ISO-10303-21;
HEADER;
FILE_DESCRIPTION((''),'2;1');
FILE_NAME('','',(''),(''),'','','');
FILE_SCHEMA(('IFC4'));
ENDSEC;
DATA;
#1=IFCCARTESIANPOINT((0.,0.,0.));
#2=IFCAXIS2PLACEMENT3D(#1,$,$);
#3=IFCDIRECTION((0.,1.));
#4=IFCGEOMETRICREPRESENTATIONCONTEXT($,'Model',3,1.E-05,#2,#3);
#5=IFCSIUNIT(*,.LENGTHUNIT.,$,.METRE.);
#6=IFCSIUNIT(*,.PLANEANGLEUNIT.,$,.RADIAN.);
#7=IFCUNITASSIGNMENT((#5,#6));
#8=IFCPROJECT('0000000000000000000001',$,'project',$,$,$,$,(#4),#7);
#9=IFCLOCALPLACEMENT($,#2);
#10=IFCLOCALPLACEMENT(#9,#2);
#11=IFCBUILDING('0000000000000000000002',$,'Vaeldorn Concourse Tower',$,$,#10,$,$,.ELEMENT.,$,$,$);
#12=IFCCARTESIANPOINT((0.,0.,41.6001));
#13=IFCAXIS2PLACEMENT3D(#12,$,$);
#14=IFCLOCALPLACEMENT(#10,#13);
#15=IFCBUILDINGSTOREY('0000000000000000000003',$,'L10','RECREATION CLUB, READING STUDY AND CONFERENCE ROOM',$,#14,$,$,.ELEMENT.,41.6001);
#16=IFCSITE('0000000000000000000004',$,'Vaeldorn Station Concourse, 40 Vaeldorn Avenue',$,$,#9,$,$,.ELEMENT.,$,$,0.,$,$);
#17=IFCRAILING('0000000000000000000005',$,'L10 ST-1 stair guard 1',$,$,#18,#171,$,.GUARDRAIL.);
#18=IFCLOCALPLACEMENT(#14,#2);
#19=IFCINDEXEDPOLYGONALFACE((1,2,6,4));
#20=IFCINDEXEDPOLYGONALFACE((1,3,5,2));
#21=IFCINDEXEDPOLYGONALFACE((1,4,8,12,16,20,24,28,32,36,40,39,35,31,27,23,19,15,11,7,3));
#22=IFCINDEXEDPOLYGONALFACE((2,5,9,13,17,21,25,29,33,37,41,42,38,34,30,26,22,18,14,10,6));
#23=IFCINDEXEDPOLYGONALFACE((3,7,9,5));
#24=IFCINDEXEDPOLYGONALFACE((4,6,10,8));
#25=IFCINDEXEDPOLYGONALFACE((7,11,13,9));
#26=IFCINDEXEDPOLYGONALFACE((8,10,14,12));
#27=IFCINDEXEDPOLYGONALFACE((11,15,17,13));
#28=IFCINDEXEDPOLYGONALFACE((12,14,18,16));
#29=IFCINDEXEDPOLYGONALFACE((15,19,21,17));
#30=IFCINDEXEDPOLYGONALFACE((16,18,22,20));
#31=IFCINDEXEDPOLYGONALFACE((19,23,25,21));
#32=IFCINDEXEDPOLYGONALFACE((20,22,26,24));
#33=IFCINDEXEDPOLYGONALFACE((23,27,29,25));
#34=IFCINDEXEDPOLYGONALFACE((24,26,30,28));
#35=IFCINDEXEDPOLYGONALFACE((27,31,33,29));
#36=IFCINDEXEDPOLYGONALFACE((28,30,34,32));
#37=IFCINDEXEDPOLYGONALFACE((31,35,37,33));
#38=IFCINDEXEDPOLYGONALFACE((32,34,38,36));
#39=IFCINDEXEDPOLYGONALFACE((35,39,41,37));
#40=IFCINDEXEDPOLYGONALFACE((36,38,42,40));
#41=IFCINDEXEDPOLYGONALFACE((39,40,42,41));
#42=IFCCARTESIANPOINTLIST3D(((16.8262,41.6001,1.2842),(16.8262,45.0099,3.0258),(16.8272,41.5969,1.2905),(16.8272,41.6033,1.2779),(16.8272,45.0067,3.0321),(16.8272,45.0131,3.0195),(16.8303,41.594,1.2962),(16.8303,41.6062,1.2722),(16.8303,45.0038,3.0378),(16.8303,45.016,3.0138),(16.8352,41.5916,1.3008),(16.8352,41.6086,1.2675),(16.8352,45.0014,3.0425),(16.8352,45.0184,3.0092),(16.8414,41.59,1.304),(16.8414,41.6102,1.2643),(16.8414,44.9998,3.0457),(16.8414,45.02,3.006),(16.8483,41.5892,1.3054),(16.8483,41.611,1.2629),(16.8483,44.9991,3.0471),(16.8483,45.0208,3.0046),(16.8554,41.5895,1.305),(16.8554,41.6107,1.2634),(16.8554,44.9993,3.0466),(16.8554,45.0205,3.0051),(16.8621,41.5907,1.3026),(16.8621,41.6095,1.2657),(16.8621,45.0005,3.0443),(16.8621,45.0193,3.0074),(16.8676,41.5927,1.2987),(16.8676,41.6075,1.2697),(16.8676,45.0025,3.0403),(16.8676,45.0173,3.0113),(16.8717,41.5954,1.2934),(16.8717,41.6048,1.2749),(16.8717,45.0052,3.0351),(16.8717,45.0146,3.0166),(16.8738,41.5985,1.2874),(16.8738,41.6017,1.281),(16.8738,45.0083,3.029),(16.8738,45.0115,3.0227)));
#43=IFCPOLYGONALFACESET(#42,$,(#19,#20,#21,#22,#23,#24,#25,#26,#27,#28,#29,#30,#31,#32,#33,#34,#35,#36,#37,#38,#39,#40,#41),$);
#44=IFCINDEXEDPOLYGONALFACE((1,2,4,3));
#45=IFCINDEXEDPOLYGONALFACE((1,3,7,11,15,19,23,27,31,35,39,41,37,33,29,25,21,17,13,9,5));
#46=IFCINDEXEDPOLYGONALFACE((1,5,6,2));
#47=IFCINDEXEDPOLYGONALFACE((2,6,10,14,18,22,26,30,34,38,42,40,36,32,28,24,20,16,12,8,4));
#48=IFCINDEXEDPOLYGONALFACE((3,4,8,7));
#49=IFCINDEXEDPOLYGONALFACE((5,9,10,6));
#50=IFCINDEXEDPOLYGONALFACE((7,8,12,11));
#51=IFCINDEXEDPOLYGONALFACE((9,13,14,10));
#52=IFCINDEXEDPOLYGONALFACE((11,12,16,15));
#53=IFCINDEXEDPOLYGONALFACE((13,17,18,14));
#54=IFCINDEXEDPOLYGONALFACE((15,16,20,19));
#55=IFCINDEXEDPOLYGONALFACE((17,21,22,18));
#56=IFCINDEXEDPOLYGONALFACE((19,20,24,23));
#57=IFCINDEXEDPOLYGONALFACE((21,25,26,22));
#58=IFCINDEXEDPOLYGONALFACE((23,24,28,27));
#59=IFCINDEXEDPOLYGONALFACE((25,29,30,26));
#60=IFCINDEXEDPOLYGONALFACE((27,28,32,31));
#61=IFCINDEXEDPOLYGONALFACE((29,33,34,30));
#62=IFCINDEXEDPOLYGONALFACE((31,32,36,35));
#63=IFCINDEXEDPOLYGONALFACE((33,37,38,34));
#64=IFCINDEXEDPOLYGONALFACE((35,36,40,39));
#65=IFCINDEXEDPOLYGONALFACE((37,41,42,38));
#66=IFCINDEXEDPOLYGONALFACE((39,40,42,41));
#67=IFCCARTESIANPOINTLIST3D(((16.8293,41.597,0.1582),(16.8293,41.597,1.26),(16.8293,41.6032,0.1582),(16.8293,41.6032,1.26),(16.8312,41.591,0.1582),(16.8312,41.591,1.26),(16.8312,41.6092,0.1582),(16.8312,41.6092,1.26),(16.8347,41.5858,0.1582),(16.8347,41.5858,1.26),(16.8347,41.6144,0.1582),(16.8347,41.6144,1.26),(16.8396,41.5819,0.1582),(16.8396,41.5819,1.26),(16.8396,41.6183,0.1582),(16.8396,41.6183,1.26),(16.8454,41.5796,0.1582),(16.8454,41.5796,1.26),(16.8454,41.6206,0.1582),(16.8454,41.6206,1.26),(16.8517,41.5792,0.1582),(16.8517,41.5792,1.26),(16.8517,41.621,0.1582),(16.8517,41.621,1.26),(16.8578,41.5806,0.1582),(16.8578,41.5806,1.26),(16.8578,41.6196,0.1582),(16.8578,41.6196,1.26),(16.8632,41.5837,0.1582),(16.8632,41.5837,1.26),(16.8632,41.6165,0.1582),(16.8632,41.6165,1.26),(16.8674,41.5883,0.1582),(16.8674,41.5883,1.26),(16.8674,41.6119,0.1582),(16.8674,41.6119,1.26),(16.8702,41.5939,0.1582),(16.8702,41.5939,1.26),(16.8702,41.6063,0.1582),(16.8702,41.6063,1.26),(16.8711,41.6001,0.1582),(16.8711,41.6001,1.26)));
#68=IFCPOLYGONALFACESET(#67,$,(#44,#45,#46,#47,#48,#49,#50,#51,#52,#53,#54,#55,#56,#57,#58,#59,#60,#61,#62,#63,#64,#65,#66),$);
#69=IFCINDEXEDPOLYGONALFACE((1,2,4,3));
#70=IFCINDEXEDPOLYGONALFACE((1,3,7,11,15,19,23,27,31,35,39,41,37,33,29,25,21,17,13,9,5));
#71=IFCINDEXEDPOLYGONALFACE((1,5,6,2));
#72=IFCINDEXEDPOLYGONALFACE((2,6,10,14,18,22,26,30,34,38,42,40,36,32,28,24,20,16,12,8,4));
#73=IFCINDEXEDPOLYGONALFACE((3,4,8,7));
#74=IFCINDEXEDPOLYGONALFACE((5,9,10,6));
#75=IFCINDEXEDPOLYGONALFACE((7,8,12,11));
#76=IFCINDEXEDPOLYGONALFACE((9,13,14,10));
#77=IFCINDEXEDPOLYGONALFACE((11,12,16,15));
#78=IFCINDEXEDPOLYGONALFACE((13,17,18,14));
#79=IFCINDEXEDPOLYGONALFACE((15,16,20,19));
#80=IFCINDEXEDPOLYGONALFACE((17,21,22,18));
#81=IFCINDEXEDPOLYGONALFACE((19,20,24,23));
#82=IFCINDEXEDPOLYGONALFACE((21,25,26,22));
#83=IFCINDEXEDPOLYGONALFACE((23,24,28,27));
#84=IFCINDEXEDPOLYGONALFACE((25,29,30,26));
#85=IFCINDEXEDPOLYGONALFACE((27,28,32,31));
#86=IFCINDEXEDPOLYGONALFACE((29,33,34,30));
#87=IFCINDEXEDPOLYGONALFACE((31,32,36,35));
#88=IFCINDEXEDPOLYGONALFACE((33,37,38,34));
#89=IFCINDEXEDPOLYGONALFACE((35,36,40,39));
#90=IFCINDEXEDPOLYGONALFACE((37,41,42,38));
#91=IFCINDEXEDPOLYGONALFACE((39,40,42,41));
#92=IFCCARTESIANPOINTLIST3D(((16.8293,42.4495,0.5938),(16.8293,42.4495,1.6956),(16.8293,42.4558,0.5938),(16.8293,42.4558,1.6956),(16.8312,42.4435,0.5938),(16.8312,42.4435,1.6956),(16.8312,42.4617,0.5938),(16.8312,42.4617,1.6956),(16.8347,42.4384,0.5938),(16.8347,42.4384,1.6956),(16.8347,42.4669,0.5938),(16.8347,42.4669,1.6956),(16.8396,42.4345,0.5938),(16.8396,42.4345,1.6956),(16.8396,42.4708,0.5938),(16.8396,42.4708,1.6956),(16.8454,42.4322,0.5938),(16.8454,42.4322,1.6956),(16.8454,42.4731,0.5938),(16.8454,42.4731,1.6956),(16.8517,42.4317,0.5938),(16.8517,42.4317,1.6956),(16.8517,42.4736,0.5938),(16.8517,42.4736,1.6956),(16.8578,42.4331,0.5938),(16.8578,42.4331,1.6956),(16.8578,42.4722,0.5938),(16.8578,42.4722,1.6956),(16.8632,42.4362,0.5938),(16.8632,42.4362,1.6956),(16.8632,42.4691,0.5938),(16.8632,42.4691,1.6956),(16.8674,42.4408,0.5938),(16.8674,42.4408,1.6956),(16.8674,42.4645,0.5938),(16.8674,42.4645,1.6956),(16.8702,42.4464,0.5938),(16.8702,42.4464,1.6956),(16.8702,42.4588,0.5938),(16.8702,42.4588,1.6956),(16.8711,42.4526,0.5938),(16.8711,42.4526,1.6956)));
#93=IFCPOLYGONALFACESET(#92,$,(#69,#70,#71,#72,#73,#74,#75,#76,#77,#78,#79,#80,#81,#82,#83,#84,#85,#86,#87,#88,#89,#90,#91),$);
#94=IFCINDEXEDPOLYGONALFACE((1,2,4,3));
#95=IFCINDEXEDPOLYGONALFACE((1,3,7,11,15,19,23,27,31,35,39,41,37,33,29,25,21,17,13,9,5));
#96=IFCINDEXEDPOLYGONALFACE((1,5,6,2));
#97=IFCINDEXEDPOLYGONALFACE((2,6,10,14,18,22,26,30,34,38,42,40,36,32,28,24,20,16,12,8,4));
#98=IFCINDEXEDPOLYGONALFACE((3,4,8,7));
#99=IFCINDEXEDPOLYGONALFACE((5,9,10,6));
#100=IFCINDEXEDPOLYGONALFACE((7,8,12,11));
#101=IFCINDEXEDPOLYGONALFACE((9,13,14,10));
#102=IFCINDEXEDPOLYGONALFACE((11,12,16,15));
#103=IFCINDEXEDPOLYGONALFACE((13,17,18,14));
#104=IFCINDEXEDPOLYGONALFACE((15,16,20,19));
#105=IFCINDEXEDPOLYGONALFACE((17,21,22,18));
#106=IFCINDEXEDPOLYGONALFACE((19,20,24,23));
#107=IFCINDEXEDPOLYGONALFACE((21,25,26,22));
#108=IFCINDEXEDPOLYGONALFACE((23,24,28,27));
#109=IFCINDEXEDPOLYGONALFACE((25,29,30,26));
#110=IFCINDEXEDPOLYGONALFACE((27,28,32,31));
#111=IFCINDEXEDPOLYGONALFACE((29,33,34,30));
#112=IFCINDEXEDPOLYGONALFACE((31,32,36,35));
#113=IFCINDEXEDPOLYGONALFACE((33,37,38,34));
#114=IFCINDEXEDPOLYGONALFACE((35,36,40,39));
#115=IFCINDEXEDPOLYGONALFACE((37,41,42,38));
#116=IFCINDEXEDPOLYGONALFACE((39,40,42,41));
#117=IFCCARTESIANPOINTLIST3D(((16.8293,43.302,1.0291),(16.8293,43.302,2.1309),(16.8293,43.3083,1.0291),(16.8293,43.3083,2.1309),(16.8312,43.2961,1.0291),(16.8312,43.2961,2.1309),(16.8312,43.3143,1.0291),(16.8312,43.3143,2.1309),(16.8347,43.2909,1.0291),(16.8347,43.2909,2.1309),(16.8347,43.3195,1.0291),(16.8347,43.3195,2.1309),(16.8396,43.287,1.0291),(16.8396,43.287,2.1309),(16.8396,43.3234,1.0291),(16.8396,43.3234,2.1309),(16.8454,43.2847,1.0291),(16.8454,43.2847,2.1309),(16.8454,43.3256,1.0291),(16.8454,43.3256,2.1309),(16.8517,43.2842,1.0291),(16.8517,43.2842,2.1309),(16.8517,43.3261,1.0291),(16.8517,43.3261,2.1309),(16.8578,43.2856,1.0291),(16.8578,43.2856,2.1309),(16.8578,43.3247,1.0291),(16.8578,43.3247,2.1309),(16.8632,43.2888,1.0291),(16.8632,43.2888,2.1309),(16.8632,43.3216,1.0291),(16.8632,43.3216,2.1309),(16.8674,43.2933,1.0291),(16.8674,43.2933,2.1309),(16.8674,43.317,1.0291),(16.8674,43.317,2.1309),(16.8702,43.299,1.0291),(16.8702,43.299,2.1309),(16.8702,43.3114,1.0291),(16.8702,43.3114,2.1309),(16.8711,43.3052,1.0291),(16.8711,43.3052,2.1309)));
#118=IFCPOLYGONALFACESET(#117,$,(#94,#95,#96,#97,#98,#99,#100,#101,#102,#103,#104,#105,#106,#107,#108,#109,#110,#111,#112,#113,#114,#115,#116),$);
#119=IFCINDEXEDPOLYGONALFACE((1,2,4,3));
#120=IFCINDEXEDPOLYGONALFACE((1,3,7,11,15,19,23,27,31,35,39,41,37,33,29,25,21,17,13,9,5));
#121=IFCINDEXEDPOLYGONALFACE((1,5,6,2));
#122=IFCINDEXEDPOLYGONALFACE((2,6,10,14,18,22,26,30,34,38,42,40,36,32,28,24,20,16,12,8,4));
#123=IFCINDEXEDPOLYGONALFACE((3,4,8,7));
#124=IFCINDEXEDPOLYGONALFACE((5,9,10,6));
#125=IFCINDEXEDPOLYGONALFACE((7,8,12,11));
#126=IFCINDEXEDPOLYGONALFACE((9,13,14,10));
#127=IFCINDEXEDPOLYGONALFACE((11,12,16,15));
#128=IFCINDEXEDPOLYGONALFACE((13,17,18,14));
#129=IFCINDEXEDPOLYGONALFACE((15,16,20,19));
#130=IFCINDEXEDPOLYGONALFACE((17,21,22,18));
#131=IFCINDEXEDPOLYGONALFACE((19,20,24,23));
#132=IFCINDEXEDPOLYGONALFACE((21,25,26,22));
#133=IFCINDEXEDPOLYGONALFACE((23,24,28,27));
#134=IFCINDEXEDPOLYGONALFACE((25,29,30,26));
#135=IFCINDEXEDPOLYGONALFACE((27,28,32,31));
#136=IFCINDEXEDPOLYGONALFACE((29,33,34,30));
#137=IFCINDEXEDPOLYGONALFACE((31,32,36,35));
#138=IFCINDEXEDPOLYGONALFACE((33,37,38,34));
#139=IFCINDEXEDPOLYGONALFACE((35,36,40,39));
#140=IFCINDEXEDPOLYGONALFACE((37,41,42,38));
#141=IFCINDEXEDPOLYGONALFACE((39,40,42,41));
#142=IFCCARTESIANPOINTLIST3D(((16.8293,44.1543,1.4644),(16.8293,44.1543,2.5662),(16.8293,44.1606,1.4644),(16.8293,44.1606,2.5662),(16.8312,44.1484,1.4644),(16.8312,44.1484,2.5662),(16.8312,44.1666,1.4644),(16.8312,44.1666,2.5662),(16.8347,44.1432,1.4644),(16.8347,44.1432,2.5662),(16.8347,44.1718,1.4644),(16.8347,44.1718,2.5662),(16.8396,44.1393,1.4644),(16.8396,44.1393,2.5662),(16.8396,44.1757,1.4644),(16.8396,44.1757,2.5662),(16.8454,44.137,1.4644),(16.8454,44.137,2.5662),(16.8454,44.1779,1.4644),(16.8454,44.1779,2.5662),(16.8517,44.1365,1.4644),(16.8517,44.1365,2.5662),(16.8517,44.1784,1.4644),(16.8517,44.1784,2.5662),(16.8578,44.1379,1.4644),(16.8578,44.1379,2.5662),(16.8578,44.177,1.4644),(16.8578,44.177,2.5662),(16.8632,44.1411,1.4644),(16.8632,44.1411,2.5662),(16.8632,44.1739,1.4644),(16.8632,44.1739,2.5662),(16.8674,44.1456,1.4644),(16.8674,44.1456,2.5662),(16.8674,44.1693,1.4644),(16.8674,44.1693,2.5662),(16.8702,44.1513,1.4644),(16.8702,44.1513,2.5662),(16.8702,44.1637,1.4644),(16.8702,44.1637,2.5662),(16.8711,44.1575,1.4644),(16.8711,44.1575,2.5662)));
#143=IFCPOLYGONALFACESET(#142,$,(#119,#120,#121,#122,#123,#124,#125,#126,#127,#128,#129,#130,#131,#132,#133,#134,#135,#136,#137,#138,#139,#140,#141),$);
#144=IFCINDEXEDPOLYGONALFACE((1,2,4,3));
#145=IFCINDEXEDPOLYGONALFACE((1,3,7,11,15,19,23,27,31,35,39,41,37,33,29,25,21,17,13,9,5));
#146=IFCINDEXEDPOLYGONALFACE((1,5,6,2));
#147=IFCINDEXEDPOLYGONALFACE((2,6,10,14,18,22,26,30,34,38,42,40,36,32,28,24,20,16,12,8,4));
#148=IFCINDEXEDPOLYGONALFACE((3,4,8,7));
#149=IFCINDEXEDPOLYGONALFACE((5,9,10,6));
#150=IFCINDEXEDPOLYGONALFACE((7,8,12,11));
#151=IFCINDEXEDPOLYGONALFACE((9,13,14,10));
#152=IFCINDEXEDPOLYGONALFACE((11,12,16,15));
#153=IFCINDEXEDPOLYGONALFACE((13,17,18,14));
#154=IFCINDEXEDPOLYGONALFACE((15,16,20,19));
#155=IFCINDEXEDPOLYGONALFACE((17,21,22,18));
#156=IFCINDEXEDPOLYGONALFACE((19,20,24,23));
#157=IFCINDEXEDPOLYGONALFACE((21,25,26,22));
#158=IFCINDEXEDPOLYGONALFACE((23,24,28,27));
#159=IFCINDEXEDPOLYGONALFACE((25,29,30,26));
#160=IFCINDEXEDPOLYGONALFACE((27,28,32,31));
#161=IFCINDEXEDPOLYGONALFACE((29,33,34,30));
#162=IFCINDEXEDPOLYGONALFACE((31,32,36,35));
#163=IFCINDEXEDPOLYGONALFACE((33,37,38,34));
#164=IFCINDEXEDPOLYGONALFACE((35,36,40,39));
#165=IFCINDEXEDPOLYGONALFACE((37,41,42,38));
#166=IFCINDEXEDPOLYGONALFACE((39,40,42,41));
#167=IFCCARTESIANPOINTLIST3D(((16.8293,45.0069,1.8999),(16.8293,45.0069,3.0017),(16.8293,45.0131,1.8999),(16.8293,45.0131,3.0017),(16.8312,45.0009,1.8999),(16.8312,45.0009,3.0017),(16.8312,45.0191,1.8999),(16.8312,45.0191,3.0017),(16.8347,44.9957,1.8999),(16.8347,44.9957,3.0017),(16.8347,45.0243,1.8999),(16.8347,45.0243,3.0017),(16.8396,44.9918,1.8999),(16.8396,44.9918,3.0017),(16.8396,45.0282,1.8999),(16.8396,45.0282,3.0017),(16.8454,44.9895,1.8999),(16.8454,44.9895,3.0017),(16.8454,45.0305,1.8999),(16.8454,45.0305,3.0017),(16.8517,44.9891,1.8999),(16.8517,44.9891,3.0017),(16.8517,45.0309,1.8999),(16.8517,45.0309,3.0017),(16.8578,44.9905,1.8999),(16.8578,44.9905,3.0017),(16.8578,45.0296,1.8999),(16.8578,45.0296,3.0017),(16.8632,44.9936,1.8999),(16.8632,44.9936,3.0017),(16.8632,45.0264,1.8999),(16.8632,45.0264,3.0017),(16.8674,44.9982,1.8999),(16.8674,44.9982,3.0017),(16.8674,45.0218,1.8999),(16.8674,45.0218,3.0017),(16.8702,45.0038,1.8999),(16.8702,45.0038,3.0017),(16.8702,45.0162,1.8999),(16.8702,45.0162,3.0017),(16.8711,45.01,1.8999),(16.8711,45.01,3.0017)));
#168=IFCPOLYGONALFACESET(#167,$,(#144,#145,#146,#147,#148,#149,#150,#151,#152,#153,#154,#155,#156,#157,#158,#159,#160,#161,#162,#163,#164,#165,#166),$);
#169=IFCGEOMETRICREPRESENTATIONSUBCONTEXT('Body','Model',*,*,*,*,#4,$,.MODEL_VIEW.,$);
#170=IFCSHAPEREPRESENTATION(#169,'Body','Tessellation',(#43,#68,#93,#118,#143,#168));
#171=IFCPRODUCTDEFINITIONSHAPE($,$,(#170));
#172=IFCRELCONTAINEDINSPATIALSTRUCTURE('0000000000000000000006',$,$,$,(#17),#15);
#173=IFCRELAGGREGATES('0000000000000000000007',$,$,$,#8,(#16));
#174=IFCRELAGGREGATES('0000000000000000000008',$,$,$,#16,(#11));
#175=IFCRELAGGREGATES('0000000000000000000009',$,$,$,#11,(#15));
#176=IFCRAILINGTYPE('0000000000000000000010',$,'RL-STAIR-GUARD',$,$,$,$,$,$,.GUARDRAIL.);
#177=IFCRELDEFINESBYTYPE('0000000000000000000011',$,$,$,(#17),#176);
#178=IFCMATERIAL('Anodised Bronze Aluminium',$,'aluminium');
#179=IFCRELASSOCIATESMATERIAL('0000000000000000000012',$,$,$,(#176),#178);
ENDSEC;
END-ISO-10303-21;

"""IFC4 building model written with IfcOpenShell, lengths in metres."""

from ifc_helpers import new_model, si_unit, direction, frame, origin, origin_2d, place, context, subcontext, project, spatial, circle, extrude, material, type_object, element, save


model = new_model("IFC4")

# Units and contexts
model_context = context("Model", 3, precision=1e-05, world=origin(), true_north=direction((0.0, 1.0)))
body_context = subcontext(model_context, "Body", "Model", "MODEL_VIEW")
ifc_project = project(units=[si_unit("LENGTHUNIT", "METRE"), si_unit("PLANEANGLEUNIT", "RADIAN")], contexts=[model_context])

# Site, building, storey
site_placement = place(None, origin())
site = spatial("IfcSite", under=ifc_project, at=site_placement, Name="Vaeldorn Station Concourse, 40 Vaeldorn Avenue", CompositionType="ELEMENT", RefElevation=0.0)
building_placement = place(site_placement, origin())
building = spatial("IfcBuilding", under=site, at=building_placement, Name="Vaeldorn Concourse Tower", CompositionType="ELEMENT")
storey_placement = place(building_placement, frame((0.0, 0.0, 41.6001)))
storey = spatial("IfcBuildingStorey", under=building, at=storey_placement, Name="L10", Description="RECREATION CLUB, READING STUDY AND CONFERENCE ROOM", CompositionType="ELEMENT", Elevation=41.6001)

# Shared definitions
ifc_material_1 = material(Name="Anodised Bronze Aluminium", Category="aluminium")

# Railing
railing_type_1 = type_object("IfcRailingType", Name="RL-STAIR-GUARD", PredefinedType="GUARDRAIL", material=ifc_material_1)
railing_1_placement = place(storey_placement, frame((16.8501, 41.6001, 0.1582)))
element("IfcRailing", 1, at=railing_1_placement, inside=storey, type_object=railing_type_1, Name="L10 ST-1 stair guard 1", PredefinedType="GUARDRAIL", context=body_context, shape_type="SweptSolid", body=[
    extrude(circle(Radius=0.0239, at=origin_2d()), frame((0.0, 0.0, 1.126), z_axis=(0.0, 0.890556, 0.454874), x_axis=(-1.0, 0.0, 0.0)), (0.0, 0.0, 1.0), 3.8289),
    extrude(circle(Radius=0.021, at=origin_2d()), origin(), (0.0, 0.0, 1.0), 1.1018),
    extrude(circle(Radius=0.021, at=origin_2d()), frame((0.0, 0.8525, 0.4355)), (0.0, 0.0, 1.0), 1.1018),
    extrude(circle(Radius=0.021, at=origin_2d()), frame((0.0, 1.7051, 0.8708)), (0.0, 0.0, 1.0), 1.1018),
    extrude(circle(Radius=0.021, at=origin_2d()), frame((0.0, 2.5574, 1.3062)), (0.0, 0.0, 1.0), 1.1018),
    extrude(circle(Radius=0.021, at=origin_2d()), frame((0.0, 3.4099, 1.7417)), (0.0, 0.0, 1.0), 1.1018),
])

save(model, "model.ifc")
